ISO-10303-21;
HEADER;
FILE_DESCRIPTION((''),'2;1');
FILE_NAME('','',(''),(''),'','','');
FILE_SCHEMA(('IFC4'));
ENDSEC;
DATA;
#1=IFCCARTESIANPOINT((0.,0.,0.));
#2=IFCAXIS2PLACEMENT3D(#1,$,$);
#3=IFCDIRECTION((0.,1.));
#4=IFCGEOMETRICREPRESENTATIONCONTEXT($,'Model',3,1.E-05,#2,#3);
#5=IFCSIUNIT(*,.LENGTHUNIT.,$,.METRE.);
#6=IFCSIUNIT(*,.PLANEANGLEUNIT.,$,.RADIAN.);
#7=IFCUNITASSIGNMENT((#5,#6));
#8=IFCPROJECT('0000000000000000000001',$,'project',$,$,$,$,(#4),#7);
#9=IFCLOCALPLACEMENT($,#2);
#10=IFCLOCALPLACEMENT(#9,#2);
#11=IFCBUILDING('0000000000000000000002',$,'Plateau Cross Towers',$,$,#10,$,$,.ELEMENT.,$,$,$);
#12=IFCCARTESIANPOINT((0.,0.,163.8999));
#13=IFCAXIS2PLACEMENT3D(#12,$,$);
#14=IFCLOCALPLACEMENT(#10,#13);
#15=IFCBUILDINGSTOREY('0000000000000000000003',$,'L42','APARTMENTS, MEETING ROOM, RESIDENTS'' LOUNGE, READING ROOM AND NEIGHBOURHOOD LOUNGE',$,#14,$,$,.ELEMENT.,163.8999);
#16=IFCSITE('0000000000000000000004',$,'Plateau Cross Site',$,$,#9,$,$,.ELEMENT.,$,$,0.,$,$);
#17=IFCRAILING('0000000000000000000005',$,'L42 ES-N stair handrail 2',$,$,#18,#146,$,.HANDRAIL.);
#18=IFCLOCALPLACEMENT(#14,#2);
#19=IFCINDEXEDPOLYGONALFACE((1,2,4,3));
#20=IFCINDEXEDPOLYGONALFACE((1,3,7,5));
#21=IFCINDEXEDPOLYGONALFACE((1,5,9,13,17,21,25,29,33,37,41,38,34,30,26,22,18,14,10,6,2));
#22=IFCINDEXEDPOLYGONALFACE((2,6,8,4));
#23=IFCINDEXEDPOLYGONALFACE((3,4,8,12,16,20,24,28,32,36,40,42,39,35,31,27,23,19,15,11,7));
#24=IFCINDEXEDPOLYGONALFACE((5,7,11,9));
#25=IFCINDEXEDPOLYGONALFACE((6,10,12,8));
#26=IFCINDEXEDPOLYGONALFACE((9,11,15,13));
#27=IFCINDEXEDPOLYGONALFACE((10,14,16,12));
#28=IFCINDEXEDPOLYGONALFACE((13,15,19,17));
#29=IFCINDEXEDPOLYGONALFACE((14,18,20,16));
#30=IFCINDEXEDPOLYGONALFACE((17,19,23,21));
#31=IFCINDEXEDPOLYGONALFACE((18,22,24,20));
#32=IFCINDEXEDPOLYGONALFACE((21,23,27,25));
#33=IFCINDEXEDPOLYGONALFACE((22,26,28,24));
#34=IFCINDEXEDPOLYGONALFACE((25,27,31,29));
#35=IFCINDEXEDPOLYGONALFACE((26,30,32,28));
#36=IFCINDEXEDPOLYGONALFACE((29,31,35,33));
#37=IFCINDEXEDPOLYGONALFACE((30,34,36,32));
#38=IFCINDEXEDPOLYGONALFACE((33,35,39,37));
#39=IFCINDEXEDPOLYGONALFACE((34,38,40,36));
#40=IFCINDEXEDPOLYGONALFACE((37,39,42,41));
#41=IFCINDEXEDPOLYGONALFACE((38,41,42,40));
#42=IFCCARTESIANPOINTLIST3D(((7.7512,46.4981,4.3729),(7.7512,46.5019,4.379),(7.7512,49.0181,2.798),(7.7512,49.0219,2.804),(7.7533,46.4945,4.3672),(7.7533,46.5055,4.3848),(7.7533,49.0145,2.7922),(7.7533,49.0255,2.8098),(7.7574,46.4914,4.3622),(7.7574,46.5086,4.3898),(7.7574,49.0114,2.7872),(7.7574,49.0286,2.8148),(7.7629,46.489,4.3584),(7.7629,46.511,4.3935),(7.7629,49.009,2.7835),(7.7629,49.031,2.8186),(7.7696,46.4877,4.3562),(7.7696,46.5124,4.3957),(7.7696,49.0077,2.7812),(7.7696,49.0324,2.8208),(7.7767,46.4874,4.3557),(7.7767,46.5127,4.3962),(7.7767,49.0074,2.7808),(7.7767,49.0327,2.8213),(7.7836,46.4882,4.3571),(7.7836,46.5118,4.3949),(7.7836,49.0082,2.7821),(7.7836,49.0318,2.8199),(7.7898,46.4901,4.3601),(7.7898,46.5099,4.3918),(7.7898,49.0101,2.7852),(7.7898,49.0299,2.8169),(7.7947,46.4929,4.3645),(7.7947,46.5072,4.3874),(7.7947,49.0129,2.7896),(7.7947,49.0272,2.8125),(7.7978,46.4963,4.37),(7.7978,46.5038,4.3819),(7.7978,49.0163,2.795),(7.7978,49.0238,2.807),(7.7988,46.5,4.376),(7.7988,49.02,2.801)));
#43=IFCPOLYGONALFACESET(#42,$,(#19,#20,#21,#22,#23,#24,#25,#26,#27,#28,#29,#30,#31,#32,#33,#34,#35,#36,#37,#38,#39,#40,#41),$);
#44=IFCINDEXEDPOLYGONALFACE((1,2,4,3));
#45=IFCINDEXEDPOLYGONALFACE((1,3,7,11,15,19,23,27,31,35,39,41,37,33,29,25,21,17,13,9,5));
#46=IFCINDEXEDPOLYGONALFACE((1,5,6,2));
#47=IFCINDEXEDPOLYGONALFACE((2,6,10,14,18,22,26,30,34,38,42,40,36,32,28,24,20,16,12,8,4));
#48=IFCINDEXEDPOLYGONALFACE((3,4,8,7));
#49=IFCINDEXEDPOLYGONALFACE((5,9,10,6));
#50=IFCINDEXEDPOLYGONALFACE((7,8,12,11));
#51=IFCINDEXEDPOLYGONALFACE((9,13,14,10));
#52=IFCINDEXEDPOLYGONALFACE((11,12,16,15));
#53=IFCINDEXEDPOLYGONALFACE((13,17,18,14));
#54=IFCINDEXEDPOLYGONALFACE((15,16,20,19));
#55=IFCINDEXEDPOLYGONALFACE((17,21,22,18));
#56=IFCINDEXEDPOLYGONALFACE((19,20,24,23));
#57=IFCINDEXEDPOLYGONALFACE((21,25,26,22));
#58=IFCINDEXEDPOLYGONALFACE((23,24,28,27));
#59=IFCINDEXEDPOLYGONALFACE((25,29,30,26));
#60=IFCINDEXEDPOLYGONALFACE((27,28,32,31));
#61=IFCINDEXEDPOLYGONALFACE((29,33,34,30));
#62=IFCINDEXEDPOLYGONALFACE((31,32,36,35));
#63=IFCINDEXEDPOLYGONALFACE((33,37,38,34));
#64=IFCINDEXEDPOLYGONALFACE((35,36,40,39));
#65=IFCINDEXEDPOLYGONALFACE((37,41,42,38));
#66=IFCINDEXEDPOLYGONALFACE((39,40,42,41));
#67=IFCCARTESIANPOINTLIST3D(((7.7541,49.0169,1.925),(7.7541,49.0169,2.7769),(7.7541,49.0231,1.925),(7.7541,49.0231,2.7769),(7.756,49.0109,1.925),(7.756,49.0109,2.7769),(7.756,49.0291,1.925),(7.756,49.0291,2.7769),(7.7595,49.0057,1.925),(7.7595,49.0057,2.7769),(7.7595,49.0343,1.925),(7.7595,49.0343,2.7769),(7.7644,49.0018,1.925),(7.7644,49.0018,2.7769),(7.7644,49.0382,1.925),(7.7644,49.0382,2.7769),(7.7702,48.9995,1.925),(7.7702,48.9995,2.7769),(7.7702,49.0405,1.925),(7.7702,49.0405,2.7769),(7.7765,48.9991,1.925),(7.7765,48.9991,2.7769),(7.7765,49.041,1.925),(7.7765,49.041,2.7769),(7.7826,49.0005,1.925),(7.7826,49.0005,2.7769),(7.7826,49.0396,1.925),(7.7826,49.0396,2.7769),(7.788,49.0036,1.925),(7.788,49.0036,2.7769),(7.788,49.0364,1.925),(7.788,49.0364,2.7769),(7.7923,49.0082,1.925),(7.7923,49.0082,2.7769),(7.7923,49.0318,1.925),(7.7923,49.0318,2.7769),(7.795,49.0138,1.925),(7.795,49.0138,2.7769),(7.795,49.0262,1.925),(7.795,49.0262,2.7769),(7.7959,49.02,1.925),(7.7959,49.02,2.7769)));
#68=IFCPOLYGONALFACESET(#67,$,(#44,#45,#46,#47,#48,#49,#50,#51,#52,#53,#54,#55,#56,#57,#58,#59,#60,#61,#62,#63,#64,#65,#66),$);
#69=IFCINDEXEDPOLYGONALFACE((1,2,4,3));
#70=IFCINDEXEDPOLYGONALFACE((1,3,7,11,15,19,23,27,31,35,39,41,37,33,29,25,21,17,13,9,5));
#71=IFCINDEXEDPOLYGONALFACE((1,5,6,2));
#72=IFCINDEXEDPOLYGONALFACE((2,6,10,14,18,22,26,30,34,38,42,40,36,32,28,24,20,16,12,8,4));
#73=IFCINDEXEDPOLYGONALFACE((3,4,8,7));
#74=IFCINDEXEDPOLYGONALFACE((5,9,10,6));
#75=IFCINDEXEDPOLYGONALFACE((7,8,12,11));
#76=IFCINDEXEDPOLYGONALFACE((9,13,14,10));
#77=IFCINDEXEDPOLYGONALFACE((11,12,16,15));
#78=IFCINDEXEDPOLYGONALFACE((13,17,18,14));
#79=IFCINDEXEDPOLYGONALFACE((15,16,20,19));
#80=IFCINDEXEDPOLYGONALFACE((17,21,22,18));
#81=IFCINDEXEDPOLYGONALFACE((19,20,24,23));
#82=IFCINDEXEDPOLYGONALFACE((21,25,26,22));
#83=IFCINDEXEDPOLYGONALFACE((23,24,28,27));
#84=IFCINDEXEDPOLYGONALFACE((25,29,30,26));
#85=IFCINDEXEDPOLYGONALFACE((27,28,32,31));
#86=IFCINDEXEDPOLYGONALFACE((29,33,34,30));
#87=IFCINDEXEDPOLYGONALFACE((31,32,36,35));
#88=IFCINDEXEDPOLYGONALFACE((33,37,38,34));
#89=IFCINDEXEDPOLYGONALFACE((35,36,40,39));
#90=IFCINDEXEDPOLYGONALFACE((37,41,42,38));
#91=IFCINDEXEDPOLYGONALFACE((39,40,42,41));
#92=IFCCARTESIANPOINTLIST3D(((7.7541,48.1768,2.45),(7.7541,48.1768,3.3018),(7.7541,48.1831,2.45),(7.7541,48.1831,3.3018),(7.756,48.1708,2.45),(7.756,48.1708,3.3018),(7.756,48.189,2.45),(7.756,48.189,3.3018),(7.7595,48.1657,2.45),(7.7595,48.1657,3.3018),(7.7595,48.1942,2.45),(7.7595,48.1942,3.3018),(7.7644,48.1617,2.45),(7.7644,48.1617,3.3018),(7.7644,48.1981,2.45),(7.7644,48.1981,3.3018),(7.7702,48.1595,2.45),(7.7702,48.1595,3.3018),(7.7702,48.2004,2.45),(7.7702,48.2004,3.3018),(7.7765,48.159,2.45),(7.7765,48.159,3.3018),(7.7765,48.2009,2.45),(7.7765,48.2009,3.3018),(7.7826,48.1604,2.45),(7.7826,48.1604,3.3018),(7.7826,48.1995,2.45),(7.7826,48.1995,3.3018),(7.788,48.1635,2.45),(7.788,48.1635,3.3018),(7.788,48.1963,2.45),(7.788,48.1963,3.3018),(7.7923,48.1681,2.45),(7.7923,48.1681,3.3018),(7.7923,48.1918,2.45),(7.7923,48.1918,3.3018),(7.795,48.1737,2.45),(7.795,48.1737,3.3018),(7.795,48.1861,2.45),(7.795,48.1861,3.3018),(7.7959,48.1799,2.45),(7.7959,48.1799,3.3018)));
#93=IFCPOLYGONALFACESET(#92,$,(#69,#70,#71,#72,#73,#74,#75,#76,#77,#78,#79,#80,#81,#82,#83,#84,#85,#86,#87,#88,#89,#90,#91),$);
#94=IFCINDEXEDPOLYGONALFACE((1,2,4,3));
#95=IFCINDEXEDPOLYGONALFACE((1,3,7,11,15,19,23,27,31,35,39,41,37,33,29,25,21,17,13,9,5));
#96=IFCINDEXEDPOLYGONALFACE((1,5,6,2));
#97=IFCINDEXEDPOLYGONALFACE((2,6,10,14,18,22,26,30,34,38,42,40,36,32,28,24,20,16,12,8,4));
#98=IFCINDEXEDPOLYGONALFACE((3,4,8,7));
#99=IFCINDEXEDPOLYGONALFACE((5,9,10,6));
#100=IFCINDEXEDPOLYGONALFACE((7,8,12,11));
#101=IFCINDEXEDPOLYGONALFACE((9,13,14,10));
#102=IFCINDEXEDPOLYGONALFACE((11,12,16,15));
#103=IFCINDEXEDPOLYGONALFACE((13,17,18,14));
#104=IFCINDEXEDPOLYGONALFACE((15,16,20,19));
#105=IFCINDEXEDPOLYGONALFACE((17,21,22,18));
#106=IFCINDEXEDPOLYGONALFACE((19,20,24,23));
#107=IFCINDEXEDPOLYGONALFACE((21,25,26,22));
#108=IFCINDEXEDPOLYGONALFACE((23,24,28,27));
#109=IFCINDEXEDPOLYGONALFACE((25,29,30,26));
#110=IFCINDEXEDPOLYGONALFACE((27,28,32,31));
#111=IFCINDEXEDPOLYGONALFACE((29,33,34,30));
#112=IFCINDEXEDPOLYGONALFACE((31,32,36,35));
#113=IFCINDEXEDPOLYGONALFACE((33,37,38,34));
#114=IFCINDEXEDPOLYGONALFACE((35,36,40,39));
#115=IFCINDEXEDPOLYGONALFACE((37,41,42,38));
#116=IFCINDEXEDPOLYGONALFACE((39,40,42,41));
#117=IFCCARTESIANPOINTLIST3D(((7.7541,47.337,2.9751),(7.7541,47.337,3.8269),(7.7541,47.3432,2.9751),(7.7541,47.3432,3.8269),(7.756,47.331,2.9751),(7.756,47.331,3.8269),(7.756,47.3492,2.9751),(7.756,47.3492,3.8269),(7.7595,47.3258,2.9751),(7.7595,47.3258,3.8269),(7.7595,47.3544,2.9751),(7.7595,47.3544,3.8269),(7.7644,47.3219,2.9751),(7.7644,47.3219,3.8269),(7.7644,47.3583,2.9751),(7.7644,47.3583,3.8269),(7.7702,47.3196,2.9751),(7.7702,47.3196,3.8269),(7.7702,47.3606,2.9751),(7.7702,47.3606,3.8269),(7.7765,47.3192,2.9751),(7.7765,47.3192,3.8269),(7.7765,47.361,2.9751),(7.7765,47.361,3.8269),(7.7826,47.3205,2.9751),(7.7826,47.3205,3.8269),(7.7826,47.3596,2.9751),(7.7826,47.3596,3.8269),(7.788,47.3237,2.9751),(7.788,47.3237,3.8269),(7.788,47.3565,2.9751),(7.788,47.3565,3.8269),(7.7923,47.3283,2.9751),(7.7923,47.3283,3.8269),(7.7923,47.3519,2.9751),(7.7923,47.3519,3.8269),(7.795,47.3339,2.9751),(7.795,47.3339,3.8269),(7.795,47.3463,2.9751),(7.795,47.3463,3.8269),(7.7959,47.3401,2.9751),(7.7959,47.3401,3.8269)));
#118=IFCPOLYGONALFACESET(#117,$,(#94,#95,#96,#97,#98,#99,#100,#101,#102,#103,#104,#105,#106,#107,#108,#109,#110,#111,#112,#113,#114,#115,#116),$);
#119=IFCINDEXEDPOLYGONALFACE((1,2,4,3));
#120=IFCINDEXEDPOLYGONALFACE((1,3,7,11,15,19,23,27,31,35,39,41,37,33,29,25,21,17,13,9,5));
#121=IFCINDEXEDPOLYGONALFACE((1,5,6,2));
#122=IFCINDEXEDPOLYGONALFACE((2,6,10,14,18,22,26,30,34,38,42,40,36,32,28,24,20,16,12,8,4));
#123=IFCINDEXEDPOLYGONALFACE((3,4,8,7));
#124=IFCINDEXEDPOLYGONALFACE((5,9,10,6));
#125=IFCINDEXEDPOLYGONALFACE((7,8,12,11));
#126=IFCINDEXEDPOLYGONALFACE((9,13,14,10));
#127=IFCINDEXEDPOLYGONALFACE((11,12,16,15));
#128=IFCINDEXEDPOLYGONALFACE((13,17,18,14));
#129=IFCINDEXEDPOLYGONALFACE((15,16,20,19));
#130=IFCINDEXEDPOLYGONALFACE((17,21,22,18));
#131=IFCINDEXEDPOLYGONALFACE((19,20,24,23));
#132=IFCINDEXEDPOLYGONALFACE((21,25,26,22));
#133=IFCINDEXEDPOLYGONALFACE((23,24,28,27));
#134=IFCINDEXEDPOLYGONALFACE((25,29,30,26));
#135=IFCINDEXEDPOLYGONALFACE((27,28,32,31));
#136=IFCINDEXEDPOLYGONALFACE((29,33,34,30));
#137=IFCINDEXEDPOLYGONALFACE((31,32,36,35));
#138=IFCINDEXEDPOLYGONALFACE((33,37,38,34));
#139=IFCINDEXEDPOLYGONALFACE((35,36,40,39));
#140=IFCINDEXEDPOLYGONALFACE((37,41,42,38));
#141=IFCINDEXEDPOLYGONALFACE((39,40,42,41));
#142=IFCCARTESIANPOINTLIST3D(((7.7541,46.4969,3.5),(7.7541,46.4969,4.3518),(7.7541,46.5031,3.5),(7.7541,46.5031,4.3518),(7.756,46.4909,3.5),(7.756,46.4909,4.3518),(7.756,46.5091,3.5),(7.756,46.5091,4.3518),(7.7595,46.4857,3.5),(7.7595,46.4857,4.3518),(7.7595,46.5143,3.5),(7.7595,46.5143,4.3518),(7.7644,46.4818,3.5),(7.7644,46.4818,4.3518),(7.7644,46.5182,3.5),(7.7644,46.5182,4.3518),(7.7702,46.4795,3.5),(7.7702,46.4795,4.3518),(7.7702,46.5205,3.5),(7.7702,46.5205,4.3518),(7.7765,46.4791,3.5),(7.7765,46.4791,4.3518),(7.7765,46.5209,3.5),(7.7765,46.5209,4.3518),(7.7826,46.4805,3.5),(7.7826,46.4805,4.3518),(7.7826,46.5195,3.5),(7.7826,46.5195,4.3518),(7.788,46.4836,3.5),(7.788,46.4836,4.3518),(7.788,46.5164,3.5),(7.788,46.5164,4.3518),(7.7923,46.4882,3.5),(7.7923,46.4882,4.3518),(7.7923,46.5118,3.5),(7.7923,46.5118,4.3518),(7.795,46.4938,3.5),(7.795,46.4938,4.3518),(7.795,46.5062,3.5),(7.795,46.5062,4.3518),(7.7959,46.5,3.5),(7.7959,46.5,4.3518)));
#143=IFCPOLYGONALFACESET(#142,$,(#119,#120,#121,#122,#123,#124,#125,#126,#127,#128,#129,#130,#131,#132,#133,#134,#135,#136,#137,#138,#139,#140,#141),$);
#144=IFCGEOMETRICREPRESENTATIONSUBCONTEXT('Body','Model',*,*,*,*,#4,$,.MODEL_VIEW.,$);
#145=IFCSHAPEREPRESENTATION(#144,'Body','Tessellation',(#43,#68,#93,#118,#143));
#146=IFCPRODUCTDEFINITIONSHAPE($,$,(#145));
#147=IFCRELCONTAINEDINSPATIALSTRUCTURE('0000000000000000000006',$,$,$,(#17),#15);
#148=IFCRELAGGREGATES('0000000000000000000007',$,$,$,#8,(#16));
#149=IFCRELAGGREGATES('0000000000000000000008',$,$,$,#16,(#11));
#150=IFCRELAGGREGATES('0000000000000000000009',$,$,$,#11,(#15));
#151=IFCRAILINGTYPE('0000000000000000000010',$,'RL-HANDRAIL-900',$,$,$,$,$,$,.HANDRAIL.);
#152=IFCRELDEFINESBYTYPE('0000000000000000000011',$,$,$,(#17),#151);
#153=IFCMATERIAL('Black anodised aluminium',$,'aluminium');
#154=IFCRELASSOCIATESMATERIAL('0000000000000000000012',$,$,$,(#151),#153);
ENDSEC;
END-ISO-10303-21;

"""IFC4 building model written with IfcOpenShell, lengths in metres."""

from ifc_helpers import new_model, si_unit, direction, frame, origin, origin_2d, place, context, subcontext, project, spatial, circle, extrude, material, type_object, element, save


model = new_model("IFC4")

# Units and contexts
model_context = context("Model", 3, precision=1e-05, world=origin(), true_north=direction((0.0, 1.0)))
body_context = subcontext(model_context, "Body", "Model", "MODEL_VIEW")
ifc_project = project(units=[si_unit("LENGTHUNIT", "METRE"), si_unit("PLANEANGLEUNIT", "RADIAN")], contexts=[model_context])

# Site, building, storey
site_placement = place(None, origin())
site = spatial("IfcSite", under=ifc_project, at=site_placement, Name="Plateau Cross Site", CompositionType="ELEMENT", RefElevation=0.0)
building_placement = place(site_placement, origin())
building = spatial("IfcBuilding", under=site, at=building_placement, Name="Plateau Cross Towers", CompositionType="ELEMENT")
storey_placement = place(building_placement, frame((0.0, 0.0, 163.8999)))
storey = spatial("IfcBuildingStorey", under=building, at=storey_placement, Name="L42", Description="APARTMENTS, MEETING ROOM, RESIDENTS' LOUNGE, READING ROOM AND NEIGHBOURHOOD LOUNGE", CompositionType="ELEMENT", Elevation=163.8999)

# Shared definitions
ifc_material_1 = material(Name="Black anodised aluminium", Category="aluminium")

# Railing
railing_type_1 = type_object("IfcRailingType", Name="RL-HANDRAIL-900", PredefinedType="HANDRAIL", material=ifc_material_1)
railing_1_placement = place(storey_placement, frame((7.7749, 49.02, 1.925)))
element("IfcRailing", 1, at=railing_1_placement, inside=storey, type_object=railing_type_1, Name="L42 ES-N stair handrail 2", PredefinedType="HANDRAIL", context=body_context, shape_type="SweptSolid", body=[
    extrude(circle(Radius=0.0239, at=origin_2d()), frame((0.0, 0.0, 0.876), z_axis=(0.0, -0.848008, 0.529984), x_axis=(1.0, 0.0, 0.0)), (0.0, 0.0, 1.0), 2.9717),
    extrude(circle(Radius=0.021, at=origin_2d()), origin(), (0.0, 0.0, 1.0), 0.8518),
    extrude(circle(Radius=0.021, at=origin_2d()), frame((0.0, -0.8401, 0.5249)), (0.0, 0.0, 1.0), 0.8518),
    extrude(circle(Radius=0.021, at=origin_2d()), frame((0.0, -1.6799, 1.05)), (0.0, 0.0, 1.0), 0.8518),
    extrude(circle(Radius=0.021, at=origin_2d()), frame((0.0, -2.52, 1.575)), (0.0, 0.0, 1.0), 0.8518),
])

save(model, "model.ifc")
